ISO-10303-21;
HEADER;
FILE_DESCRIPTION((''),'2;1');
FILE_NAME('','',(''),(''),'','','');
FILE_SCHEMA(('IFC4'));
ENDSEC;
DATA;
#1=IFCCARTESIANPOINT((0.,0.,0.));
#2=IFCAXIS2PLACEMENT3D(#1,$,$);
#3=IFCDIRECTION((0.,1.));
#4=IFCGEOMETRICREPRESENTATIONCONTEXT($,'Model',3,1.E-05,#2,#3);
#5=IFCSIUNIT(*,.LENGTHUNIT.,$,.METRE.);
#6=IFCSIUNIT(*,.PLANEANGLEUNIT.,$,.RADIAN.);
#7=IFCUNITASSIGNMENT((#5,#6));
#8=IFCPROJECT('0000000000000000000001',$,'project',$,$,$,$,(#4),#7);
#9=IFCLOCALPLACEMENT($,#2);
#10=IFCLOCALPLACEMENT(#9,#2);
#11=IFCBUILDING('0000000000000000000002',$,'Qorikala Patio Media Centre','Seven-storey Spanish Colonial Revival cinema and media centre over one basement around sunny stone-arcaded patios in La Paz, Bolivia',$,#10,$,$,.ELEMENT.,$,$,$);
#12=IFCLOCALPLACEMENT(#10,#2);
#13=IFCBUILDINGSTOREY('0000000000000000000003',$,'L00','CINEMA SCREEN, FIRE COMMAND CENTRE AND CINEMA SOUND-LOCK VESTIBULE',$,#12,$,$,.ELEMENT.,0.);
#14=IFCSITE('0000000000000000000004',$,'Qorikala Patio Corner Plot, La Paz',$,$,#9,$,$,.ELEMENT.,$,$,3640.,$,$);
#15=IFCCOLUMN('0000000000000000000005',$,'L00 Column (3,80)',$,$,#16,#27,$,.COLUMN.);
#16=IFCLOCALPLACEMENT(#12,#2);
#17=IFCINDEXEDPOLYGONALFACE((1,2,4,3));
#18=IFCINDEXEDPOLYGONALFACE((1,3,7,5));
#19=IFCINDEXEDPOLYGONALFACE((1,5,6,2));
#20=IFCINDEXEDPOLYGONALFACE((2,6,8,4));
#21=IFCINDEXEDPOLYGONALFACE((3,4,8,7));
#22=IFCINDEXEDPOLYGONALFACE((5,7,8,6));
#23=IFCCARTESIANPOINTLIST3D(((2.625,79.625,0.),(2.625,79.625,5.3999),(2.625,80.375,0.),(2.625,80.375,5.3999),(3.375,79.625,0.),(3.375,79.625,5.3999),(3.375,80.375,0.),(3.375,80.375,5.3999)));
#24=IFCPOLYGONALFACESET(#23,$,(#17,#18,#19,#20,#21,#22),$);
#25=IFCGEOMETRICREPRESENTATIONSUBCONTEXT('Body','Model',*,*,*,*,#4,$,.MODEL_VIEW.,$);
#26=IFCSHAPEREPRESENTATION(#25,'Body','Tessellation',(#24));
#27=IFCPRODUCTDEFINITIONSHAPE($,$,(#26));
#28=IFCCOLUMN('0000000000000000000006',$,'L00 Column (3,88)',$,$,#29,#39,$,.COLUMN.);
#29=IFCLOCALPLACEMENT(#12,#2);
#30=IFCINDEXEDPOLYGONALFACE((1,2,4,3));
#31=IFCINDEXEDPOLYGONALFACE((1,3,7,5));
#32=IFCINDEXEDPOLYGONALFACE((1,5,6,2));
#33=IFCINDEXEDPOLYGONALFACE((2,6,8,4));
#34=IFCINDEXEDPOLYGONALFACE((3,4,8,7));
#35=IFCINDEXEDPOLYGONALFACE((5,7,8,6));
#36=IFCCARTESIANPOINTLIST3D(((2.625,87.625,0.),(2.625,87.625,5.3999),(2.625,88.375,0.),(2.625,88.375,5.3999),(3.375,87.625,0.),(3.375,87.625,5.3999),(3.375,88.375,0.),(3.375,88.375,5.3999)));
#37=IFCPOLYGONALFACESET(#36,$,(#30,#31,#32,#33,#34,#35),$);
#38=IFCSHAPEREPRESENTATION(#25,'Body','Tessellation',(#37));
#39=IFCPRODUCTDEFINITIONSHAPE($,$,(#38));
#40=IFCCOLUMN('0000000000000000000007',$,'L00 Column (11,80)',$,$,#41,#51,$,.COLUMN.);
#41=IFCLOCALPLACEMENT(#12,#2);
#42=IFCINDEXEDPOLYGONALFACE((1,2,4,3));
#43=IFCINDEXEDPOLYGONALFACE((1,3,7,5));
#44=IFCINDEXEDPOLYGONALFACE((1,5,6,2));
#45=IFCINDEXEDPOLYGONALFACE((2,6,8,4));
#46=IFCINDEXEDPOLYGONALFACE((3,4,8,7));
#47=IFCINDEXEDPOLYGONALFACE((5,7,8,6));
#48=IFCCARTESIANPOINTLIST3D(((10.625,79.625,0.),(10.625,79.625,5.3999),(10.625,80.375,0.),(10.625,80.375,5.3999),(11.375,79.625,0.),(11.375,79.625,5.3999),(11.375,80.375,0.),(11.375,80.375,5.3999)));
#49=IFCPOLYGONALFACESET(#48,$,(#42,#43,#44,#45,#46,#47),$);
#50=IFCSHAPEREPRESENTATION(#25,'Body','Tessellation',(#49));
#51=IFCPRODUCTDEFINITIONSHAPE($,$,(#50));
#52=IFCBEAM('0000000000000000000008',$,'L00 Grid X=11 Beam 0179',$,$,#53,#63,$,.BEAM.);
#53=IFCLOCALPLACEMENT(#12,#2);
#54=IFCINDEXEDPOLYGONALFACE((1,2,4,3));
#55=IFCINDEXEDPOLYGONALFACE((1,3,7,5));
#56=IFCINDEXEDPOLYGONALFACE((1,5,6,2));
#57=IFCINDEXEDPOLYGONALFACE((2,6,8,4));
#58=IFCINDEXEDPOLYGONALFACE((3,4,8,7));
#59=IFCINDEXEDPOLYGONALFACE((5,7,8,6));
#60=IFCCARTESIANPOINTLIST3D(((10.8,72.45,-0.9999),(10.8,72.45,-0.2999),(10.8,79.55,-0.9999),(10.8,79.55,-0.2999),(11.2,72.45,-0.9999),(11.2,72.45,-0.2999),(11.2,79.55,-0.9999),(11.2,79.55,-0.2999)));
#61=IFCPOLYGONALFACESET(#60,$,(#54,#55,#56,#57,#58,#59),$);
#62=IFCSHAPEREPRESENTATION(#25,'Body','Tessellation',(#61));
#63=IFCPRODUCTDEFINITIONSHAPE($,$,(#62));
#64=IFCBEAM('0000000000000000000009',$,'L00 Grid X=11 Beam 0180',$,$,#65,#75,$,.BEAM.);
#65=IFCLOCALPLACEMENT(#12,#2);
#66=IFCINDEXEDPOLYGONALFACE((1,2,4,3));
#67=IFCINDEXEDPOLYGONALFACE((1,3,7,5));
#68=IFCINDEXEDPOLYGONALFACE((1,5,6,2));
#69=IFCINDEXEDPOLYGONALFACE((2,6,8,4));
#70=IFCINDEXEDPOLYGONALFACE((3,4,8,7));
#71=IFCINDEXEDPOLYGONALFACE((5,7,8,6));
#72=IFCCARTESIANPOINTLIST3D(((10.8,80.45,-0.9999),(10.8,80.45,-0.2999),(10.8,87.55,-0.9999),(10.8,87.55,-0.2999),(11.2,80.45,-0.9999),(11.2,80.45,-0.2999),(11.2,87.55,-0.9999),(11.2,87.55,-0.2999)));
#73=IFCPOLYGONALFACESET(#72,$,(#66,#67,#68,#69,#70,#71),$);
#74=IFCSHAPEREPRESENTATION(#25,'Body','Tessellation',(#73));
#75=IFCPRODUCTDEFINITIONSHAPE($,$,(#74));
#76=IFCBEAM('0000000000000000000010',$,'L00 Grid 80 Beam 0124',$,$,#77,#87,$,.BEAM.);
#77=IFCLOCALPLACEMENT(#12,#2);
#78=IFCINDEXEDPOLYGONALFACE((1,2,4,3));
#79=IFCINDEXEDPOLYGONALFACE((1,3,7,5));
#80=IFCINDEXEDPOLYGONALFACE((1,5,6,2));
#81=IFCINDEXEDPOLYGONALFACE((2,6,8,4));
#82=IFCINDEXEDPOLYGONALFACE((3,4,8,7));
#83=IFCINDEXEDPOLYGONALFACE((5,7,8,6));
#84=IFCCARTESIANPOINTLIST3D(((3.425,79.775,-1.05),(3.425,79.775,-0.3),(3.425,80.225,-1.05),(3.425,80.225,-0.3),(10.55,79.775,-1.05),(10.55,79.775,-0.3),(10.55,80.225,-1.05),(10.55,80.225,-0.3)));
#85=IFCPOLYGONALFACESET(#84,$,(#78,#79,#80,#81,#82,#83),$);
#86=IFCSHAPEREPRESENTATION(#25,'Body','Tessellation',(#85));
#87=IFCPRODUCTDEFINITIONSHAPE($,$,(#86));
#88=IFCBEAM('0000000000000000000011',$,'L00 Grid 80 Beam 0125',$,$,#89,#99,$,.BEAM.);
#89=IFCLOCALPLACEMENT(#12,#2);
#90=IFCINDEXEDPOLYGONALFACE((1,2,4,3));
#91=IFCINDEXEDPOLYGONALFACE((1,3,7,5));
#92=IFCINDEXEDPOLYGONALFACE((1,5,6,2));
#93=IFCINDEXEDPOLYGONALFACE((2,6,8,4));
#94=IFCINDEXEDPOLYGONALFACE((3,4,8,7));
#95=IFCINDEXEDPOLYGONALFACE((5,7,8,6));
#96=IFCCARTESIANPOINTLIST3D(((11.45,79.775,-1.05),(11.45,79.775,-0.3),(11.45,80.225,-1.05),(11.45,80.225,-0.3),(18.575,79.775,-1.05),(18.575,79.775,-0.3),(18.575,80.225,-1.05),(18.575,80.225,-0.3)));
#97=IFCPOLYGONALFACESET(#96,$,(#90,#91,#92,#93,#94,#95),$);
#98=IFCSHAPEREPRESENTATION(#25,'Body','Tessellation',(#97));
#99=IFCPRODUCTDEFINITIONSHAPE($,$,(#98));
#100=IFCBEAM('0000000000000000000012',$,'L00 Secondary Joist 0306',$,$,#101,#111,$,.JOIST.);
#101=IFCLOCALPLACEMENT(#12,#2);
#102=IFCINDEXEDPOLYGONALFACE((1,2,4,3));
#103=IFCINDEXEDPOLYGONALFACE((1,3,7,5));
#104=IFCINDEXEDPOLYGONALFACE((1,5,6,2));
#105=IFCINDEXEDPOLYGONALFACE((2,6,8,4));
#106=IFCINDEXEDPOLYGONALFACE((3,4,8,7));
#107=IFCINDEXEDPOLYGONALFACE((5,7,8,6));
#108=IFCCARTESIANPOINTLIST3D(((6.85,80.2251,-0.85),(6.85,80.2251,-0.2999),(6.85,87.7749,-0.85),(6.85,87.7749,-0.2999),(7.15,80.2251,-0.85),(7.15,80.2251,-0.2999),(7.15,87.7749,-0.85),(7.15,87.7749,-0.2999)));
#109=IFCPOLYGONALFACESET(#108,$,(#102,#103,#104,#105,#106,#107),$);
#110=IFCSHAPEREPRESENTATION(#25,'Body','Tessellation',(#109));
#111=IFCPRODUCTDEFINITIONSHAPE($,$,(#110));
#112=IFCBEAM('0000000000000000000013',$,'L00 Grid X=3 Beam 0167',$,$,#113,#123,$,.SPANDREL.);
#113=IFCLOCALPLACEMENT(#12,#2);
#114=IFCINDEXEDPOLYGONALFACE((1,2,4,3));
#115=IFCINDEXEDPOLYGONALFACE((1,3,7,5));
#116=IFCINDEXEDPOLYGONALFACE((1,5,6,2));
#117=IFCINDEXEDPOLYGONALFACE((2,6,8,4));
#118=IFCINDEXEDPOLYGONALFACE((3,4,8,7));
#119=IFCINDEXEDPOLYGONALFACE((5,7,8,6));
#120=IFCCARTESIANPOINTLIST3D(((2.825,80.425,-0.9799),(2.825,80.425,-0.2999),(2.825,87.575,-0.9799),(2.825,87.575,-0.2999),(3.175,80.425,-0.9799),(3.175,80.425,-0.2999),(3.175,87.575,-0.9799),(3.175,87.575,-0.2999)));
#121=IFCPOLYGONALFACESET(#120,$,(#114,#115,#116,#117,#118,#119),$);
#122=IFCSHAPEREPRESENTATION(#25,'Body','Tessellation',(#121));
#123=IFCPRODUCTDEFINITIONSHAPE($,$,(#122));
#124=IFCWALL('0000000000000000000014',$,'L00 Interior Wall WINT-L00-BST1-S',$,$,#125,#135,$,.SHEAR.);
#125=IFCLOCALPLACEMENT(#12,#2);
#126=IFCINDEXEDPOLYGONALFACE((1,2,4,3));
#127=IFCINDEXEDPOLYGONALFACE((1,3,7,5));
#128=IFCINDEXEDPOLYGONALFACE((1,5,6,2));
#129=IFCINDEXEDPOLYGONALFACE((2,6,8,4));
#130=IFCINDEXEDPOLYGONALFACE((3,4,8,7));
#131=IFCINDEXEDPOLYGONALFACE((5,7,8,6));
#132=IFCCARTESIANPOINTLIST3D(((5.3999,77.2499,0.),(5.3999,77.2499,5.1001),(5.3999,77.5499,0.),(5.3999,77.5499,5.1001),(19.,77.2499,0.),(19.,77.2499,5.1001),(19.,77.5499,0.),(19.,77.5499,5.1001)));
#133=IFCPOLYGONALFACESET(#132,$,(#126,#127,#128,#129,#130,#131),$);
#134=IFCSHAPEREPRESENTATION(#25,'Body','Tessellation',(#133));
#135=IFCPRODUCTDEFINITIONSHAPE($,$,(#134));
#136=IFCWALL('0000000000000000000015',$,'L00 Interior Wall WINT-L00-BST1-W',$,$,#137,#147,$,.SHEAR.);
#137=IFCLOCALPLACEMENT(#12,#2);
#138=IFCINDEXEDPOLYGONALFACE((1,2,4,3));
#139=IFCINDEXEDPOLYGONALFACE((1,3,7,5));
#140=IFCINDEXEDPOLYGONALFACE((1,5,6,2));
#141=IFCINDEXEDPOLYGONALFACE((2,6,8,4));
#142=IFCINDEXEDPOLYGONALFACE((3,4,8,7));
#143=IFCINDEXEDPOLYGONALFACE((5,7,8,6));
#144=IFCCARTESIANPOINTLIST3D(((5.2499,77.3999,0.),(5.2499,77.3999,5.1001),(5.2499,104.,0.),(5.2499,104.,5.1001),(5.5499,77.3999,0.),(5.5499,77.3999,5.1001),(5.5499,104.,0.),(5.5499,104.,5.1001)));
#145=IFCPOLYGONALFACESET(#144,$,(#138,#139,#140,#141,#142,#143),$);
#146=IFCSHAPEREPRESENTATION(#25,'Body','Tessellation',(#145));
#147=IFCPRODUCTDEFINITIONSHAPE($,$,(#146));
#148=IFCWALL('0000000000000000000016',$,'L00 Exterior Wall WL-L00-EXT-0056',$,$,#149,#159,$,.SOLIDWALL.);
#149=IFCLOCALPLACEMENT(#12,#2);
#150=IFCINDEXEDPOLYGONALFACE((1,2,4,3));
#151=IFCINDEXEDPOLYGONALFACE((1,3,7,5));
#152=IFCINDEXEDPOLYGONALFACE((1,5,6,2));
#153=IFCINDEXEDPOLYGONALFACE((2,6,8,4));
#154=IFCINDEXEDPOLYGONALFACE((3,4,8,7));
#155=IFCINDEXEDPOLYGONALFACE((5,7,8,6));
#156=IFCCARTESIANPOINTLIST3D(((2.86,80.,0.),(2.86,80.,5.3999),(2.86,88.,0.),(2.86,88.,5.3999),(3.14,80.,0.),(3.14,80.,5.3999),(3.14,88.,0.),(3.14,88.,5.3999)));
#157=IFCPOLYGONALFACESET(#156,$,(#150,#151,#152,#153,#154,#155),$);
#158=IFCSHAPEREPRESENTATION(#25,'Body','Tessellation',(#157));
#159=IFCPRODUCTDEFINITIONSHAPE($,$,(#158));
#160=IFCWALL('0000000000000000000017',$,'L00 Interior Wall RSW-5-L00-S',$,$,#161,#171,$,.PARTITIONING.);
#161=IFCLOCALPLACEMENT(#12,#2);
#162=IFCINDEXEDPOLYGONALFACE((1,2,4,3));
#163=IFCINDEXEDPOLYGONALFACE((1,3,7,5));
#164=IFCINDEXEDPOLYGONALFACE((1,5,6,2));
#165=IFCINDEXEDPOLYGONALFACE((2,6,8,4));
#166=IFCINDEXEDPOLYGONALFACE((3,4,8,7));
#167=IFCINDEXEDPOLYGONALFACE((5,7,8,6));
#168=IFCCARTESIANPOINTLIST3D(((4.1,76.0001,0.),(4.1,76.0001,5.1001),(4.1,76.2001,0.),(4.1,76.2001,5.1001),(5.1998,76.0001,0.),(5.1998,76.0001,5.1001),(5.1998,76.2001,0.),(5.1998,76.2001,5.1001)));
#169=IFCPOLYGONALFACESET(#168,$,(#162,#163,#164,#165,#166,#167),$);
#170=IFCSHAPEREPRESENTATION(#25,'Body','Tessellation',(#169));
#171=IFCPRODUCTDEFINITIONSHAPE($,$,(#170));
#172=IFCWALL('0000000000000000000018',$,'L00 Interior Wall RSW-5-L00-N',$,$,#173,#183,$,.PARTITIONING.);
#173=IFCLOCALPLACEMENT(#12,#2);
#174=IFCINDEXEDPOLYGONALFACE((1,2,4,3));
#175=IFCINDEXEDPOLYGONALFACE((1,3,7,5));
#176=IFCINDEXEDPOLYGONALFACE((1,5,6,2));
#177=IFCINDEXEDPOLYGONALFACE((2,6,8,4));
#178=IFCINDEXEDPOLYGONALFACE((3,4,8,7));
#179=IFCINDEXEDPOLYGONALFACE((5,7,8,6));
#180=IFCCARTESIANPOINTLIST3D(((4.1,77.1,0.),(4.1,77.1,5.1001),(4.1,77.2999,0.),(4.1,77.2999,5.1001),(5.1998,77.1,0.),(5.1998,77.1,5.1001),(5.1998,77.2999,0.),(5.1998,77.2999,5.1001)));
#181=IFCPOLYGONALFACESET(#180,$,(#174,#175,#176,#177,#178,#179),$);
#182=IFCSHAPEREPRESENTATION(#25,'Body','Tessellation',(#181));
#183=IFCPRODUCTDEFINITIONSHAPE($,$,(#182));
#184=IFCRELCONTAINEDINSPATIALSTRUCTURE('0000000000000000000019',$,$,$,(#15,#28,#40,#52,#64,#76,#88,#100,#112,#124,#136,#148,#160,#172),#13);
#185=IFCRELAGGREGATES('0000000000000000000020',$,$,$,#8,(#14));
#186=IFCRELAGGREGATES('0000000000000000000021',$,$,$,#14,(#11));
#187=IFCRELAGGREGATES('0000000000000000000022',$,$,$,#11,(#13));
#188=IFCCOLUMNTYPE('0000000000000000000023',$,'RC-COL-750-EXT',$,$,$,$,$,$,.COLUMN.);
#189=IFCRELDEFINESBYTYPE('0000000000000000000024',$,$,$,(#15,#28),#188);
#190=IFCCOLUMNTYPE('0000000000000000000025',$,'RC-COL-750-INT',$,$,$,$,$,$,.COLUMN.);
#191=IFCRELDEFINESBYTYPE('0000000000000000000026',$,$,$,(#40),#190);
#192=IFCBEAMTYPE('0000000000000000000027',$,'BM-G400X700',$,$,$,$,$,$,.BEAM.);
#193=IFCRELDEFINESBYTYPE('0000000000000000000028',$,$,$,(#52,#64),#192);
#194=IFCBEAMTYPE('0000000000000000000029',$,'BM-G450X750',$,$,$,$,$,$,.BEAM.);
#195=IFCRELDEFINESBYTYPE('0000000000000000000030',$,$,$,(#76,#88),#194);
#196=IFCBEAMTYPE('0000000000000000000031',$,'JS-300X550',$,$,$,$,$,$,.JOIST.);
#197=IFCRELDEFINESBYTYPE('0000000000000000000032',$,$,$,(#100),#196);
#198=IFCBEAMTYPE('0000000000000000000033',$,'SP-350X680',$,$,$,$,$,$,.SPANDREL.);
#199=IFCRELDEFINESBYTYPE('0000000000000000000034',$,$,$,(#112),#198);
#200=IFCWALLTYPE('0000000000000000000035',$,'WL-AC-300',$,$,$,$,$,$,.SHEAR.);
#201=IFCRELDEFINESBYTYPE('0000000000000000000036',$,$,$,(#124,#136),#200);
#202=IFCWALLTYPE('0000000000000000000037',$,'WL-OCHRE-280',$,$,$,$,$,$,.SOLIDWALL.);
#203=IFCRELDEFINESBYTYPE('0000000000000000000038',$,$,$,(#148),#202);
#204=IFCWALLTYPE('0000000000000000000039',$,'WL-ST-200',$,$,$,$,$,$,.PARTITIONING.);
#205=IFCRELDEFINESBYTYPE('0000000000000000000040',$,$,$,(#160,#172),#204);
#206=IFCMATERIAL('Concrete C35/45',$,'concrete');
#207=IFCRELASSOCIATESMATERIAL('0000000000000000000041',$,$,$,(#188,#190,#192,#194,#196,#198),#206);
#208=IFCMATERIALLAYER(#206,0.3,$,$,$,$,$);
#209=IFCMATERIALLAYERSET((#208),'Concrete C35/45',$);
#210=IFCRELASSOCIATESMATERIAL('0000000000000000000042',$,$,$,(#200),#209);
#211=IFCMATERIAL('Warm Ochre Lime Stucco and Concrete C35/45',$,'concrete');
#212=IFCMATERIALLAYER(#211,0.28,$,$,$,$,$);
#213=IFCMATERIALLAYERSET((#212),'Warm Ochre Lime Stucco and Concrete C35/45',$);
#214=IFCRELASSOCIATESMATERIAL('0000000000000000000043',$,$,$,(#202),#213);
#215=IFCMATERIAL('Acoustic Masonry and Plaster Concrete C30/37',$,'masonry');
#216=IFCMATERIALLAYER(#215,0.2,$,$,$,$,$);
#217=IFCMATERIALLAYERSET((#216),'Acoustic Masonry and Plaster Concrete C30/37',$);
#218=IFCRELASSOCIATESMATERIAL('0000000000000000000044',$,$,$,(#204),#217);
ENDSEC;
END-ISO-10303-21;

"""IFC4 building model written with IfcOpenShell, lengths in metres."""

from ifc_helpers import new_model, si_unit, direction, frame, frame_2d, origin, origin_2d, place, context, subcontext, project, spatial, rectangle, extrude, material, layer, layer_set, material_profile, profile_set, type_object, element, save


model = new_model("IFC4")

# Units and contexts
model_context = context("Model", 3, precision=1e-05, world=origin(), true_north=direction((0.0, 1.0)))
body_context = subcontext(model_context, "Body", "Model", "MODEL_VIEW")
ifc_project = project(units=[si_unit("LENGTHUNIT", "METRE"), si_unit("PLANEANGLEUNIT", "RADIAN")], contexts=[model_context])

# Site, building, storey
site_placement = place(None, origin())
site = spatial("IfcSite", under=ifc_project, at=site_placement, Name="Qorikala Patio Corner Plot, La Paz", CompositionType="ELEMENT", RefElevation=3640.0)
building_placement = place(site_placement, origin())
building = spatial("IfcBuilding", under=site, at=building_placement, Name="Qorikala Patio Media Centre", Description="Seven-storey Spanish Colonial Revival cinema and media centre over one basement around sunny stone-arcaded patios in La Paz, Bolivia", CompositionType="ELEMENT")
storey_placement = place(building_placement, origin())
storey = spatial("IfcBuildingStorey", under=building, at=storey_placement, Name="L00", Description="CINEMA SCREEN, FIRE COMMAND CENTRE AND CINEMA SOUND-LOCK VESTIBULE", CompositionType="ELEMENT", Elevation=0.0)

# Columns
ifc_material_1 = material(Name="Concrete C35/45", Category="concrete")
ifc_material_profile_1 = material_profile(ifc_material_1, rectangle(XDim=0.75, YDim=0.75, at=origin_2d()), Name="RC 750x750")
ifc_profile_set_1 = profile_set([ifc_material_profile_1], Name="Concrete C35/45")
column_type_1 = type_object("IfcColumnType", Name="RC-COL-750-EXT", PredefinedType="COLUMN", material=ifc_profile_set_1)
for number, where, z_axis, x_axis, name in (
    (1, (3.0, 80.0, 0.0), (0.0, 0.0, 1.0), (1.0, 0.0, 0.0), "L00 Column (3,80)"),
    (2, (3.0, 88.0, 0.0), (0.0, 0.0, 1.0), (1.0, 0.0, 0.0), "L00 Column (3,88)"),
):
    element("IfcColumn", number, at=place(storey_placement, frame(where, z_axis=z_axis, x_axis=x_axis)), inside=storey, type_object=column_type_1, Name=name, PredefinedType="COLUMN", context=body_context, shape_type="SweptSolid", body=[
        extrude(rectangle(XDim=0.75, YDim=0.75, at=origin_2d()), origin(), (0.0, 0.0, 1.0), 5.3999),
    ])
ifc_material_profile_2 = material_profile(ifc_material_1, rectangle(XDim=0.75, YDim=0.75, at=origin_2d()), Name="RC 750x750")
ifc_profile_set_2 = profile_set([ifc_material_profile_2], Name="Concrete C35/45")
column_type_2 = type_object("IfcColumnType", Name="RC-COL-750-INT", PredefinedType="COLUMN", material=ifc_profile_set_2)
column_placement = place(storey_placement, frame((11.0, 80.0, 0.0), z_axis=(0.0, 0.0, 1.0), x_axis=(1.0, 0.0, 0.0)))
element("IfcColumn", 3, at=column_placement, inside=storey, type_object=column_type_2, Name="L00 Column (11,80)", PredefinedType="COLUMN", context=body_context, shape_type="SweptSolid", body=[
    extrude(rectangle(XDim=0.75, YDim=0.75, at=origin_2d()), origin(), (0.0, 0.0, 1.0), 5.3999),
])

# Beams
ifc_material_profile_3 = material_profile(ifc_material_1, rectangle(XDim=0.3999, YDim=0.7, at=origin_2d()), Name="RC 400x700")
ifc_profile_set_3 = profile_set([ifc_material_profile_3], Name="Concrete C35/45")
beam_type_1 = type_object("IfcBeamType", Name="BM-G400X700", PredefinedType="BEAM", material=ifc_profile_set_3)
for number, where, z_axis, x_axis, name in (
    (4, (11.0, 72.45, -0.6499), (0.0, 1.0, 0.0), (-1.0, 0.0, 0.0), "L00 Grid X=11 Beam 0179"),
    (5, (11.0, 80.45, -0.6499), (0.0, 1.0, 0.0), (-1.0, 0.0, 0.0), "L00 Grid X=11 Beam 0180"),
):
    element("IfcBeam", number, at=place(storey_placement, frame(where, z_axis=z_axis, x_axis=x_axis)), inside=storey, type_object=beam_type_1, Name=name, PredefinedType="BEAM", context=body_context, shape_type="SweptSolid", body=[
        extrude(rectangle(XDim=0.3999, YDim=0.7, at=origin_2d()), origin(), (0.0, 0.0, 1.0), 7.1001),
    ])
ifc_material_profile_4 = material_profile(ifc_material_1, rectangle(XDim=0.45, YDim=0.75, at=origin_2d()), Name="RC 450x750")
ifc_profile_set_4 = profile_set([ifc_material_profile_4], Name="Concrete C35/45")
beam_type_2 = type_object("IfcBeamType", Name="BM-G450X750", PredefinedType="BEAM", material=ifc_profile_set_4)
for number, where, z_axis, x_axis, name in (
    (6, (3.425, 80.0, -0.675), (1.0, 0.0, 0.0), (0.0, 1.0, 0.0), "L00 Grid 80 Beam 0124"),
    (7, (11.45, 80.0, -0.675), (1.0, 0.0, 0.0), (0.0, 1.0, 0.0), "L00 Grid 80 Beam 0125"),
):
    element("IfcBeam", number, at=place(storey_placement, frame(where, z_axis=z_axis, x_axis=x_axis)), inside=storey, type_object=beam_type_2, Name=name, PredefinedType="BEAM", context=body_context, shape_type="SweptSolid", body=[
        extrude(rectangle(XDim=0.45, YDim=0.75, at=origin_2d()), origin(), (0.0, 0.0, 1.0), 7.125),
    ])
ifc_material_profile_5 = material_profile(ifc_material_1, rectangle(XDim=0.3, YDim=0.55, at=origin_2d()), Name="RC 300x550")
ifc_profile_set_5 = profile_set([ifc_material_profile_5], Name="Concrete C35/45")
beam_type_3 = type_object("IfcBeamType", Name="JS-300X550", PredefinedType="JOIST", material=ifc_profile_set_5)
beam_1_placement = place(storey_placement, frame((7.0, 80.2251, -0.575), z_axis=(0.0, 1.0, 0.0), x_axis=(-1.0, 0.0, 0.0)))
element("IfcBeam", 8, at=beam_1_placement, inside=storey, type_object=beam_type_3, Name="L00 Secondary Joist 0306", PredefinedType="JOIST", context=body_context, shape_type="SweptSolid", body=[
    extrude(rectangle(XDim=0.3, YDim=0.55, at=origin_2d()), origin(), (0.0, 0.0, 1.0), 7.5498),
])
ifc_material_profile_6 = material_profile(ifc_material_1, rectangle(XDim=0.3501, YDim=0.6799, at=origin_2d()), Name="RC 350x680")
ifc_profile_set_6 = profile_set([ifc_material_profile_6], Name="Concrete C35/45")
beam_type_4 = type_object("IfcBeamType", Name="SP-350X680", PredefinedType="SPANDREL", material=ifc_profile_set_6)
beam_2_placement = place(storey_placement, frame((3.0, 80.425, -0.6399), z_axis=(0.0, 1.0, 0.0), x_axis=(-1.0, 0.0, 0.0)))
element("IfcBeam", 9, at=beam_2_placement, inside=storey, type_object=beam_type_4, Name="L00 Grid X=3 Beam 0167", PredefinedType="SPANDREL", context=body_context, shape_type="SweptSolid", body=[
    extrude(rectangle(XDim=0.3501, YDim=0.6799, at=origin_2d()), origin(), (0.0, 0.0, 1.0), 7.1499),
])

# Walls
ifc_layer_1 = layer(ifc_material_1, 0.3)
ifc_layer_set_1 = layer_set([ifc_layer_1], Name="Concrete C35/45")
wall_type_1 = type_object("IfcWallType", Name="WL-AC-300", PredefinedType="SHEAR", material=ifc_layer_set_1)
wall_1_placement = place(storey_placement, frame((5.3999, 77.3999, 0.0), z_axis=(0.0, 0.0, 1.0), x_axis=(1.0, 0.0, 0.0)))
element("IfcWall", 10, at=wall_1_placement, inside=storey, type_object=wall_type_1, Name="L00 Interior Wall WINT-L00-BST1-S", PredefinedType="SHEAR", context=body_context, shape_type="SweptSolid", body=[
    extrude(rectangle(XDim=13.6001, YDim=0.3, at=frame_2d((6.8, 0.0))), origin(), (0.0, 0.0, 1.0), 5.1001),
])
wall_2_placement = place(storey_placement, frame((5.3999, 77.3999, 0.0), z_axis=(0.0, 0.0, 1.0), x_axis=(0.0, 1.0, 0.0)))
element("IfcWall", 11, at=wall_2_placement, inside=storey, type_object=wall_type_1, Name="L00 Interior Wall WINT-L00-BST1-W", PredefinedType="SHEAR", context=body_context, shape_type="SweptSolid", body=[
    extrude(rectangle(XDim=26.6001, YDim=0.3, at=frame_2d((13.3, 0.0))), origin(), (0.0, 0.0, 1.0), 5.1001),
])
ifc_material_2 = material(Name="Warm Ochre Lime Stucco and Concrete C35/45", Category="concrete")
ifc_layer_2 = layer(ifc_material_2, 0.28)
ifc_layer_set_2 = layer_set([ifc_layer_2], Name="Warm Ochre Lime Stucco and Concrete C35/45")
wall_type_2 = type_object("IfcWallType", Name="WL-OCHRE-280", PredefinedType="SOLIDWALL", material=ifc_layer_set_2)
wall_3_placement = place(storey_placement, frame((3.0, 80.0, 0.0), z_axis=(0.0, 0.0, 1.0), x_axis=(0.0, 1.0, 0.0)))
element("IfcWall", 12, at=wall_3_placement, inside=storey, type_object=wall_type_2, Name="L00 Exterior Wall WL-L00-EXT-0056", PredefinedType="SOLIDWALL", context=body_context, shape_type="SweptSolid", body=[
    extrude(rectangle(XDim=8.0, YDim=0.28, at=frame_2d((4.0, 0.0))), origin(), (0.0, 0.0, 1.0), 5.3999),
])
ifc_material_3 = material(Name="Acoustic Masonry and Plaster Concrete C30/37", Category="masonry")
ifc_layer_3 = layer(ifc_material_3, 0.2)
ifc_layer_set_3 = layer_set([ifc_layer_3], Name="Acoustic Masonry and Plaster Concrete C30/37")
wall_type_3 = type_object("IfcWallType", Name="WL-ST-200", PredefinedType="PARTITIONING", material=ifc_layer_set_3)
for number, where, z_axis, x_axis, name in (
    (13, (4.1001, 76.1001, 0.0), (0.0, 0.0, 1.0), (1.0, 0.0, 0.0), "L00 Interior Wall RSW-5-L00-S"),
    (14, (4.1001, 77.2, 0.0), (0.0, 0.0, 1.0), (1.0, 0.0, 0.0), "L00 Interior Wall RSW-5-L00-N"),
):
    element("IfcWall", number, at=place(storey_placement, frame(where, z_axis=z_axis, x_axis=x_axis)), inside=storey, type_object=wall_type_3, Name=name, PredefinedType="PARTITIONING", context=body_context, shape_type="SweptSolid", body=[
        extrude(rectangle(XDim=1.0999, YDim=0.2, at=frame_2d((0.5498, 0.0))), origin(), (0.0, 0.0, 1.0), 5.1001),
    ])

save(model, "model.ifc")
